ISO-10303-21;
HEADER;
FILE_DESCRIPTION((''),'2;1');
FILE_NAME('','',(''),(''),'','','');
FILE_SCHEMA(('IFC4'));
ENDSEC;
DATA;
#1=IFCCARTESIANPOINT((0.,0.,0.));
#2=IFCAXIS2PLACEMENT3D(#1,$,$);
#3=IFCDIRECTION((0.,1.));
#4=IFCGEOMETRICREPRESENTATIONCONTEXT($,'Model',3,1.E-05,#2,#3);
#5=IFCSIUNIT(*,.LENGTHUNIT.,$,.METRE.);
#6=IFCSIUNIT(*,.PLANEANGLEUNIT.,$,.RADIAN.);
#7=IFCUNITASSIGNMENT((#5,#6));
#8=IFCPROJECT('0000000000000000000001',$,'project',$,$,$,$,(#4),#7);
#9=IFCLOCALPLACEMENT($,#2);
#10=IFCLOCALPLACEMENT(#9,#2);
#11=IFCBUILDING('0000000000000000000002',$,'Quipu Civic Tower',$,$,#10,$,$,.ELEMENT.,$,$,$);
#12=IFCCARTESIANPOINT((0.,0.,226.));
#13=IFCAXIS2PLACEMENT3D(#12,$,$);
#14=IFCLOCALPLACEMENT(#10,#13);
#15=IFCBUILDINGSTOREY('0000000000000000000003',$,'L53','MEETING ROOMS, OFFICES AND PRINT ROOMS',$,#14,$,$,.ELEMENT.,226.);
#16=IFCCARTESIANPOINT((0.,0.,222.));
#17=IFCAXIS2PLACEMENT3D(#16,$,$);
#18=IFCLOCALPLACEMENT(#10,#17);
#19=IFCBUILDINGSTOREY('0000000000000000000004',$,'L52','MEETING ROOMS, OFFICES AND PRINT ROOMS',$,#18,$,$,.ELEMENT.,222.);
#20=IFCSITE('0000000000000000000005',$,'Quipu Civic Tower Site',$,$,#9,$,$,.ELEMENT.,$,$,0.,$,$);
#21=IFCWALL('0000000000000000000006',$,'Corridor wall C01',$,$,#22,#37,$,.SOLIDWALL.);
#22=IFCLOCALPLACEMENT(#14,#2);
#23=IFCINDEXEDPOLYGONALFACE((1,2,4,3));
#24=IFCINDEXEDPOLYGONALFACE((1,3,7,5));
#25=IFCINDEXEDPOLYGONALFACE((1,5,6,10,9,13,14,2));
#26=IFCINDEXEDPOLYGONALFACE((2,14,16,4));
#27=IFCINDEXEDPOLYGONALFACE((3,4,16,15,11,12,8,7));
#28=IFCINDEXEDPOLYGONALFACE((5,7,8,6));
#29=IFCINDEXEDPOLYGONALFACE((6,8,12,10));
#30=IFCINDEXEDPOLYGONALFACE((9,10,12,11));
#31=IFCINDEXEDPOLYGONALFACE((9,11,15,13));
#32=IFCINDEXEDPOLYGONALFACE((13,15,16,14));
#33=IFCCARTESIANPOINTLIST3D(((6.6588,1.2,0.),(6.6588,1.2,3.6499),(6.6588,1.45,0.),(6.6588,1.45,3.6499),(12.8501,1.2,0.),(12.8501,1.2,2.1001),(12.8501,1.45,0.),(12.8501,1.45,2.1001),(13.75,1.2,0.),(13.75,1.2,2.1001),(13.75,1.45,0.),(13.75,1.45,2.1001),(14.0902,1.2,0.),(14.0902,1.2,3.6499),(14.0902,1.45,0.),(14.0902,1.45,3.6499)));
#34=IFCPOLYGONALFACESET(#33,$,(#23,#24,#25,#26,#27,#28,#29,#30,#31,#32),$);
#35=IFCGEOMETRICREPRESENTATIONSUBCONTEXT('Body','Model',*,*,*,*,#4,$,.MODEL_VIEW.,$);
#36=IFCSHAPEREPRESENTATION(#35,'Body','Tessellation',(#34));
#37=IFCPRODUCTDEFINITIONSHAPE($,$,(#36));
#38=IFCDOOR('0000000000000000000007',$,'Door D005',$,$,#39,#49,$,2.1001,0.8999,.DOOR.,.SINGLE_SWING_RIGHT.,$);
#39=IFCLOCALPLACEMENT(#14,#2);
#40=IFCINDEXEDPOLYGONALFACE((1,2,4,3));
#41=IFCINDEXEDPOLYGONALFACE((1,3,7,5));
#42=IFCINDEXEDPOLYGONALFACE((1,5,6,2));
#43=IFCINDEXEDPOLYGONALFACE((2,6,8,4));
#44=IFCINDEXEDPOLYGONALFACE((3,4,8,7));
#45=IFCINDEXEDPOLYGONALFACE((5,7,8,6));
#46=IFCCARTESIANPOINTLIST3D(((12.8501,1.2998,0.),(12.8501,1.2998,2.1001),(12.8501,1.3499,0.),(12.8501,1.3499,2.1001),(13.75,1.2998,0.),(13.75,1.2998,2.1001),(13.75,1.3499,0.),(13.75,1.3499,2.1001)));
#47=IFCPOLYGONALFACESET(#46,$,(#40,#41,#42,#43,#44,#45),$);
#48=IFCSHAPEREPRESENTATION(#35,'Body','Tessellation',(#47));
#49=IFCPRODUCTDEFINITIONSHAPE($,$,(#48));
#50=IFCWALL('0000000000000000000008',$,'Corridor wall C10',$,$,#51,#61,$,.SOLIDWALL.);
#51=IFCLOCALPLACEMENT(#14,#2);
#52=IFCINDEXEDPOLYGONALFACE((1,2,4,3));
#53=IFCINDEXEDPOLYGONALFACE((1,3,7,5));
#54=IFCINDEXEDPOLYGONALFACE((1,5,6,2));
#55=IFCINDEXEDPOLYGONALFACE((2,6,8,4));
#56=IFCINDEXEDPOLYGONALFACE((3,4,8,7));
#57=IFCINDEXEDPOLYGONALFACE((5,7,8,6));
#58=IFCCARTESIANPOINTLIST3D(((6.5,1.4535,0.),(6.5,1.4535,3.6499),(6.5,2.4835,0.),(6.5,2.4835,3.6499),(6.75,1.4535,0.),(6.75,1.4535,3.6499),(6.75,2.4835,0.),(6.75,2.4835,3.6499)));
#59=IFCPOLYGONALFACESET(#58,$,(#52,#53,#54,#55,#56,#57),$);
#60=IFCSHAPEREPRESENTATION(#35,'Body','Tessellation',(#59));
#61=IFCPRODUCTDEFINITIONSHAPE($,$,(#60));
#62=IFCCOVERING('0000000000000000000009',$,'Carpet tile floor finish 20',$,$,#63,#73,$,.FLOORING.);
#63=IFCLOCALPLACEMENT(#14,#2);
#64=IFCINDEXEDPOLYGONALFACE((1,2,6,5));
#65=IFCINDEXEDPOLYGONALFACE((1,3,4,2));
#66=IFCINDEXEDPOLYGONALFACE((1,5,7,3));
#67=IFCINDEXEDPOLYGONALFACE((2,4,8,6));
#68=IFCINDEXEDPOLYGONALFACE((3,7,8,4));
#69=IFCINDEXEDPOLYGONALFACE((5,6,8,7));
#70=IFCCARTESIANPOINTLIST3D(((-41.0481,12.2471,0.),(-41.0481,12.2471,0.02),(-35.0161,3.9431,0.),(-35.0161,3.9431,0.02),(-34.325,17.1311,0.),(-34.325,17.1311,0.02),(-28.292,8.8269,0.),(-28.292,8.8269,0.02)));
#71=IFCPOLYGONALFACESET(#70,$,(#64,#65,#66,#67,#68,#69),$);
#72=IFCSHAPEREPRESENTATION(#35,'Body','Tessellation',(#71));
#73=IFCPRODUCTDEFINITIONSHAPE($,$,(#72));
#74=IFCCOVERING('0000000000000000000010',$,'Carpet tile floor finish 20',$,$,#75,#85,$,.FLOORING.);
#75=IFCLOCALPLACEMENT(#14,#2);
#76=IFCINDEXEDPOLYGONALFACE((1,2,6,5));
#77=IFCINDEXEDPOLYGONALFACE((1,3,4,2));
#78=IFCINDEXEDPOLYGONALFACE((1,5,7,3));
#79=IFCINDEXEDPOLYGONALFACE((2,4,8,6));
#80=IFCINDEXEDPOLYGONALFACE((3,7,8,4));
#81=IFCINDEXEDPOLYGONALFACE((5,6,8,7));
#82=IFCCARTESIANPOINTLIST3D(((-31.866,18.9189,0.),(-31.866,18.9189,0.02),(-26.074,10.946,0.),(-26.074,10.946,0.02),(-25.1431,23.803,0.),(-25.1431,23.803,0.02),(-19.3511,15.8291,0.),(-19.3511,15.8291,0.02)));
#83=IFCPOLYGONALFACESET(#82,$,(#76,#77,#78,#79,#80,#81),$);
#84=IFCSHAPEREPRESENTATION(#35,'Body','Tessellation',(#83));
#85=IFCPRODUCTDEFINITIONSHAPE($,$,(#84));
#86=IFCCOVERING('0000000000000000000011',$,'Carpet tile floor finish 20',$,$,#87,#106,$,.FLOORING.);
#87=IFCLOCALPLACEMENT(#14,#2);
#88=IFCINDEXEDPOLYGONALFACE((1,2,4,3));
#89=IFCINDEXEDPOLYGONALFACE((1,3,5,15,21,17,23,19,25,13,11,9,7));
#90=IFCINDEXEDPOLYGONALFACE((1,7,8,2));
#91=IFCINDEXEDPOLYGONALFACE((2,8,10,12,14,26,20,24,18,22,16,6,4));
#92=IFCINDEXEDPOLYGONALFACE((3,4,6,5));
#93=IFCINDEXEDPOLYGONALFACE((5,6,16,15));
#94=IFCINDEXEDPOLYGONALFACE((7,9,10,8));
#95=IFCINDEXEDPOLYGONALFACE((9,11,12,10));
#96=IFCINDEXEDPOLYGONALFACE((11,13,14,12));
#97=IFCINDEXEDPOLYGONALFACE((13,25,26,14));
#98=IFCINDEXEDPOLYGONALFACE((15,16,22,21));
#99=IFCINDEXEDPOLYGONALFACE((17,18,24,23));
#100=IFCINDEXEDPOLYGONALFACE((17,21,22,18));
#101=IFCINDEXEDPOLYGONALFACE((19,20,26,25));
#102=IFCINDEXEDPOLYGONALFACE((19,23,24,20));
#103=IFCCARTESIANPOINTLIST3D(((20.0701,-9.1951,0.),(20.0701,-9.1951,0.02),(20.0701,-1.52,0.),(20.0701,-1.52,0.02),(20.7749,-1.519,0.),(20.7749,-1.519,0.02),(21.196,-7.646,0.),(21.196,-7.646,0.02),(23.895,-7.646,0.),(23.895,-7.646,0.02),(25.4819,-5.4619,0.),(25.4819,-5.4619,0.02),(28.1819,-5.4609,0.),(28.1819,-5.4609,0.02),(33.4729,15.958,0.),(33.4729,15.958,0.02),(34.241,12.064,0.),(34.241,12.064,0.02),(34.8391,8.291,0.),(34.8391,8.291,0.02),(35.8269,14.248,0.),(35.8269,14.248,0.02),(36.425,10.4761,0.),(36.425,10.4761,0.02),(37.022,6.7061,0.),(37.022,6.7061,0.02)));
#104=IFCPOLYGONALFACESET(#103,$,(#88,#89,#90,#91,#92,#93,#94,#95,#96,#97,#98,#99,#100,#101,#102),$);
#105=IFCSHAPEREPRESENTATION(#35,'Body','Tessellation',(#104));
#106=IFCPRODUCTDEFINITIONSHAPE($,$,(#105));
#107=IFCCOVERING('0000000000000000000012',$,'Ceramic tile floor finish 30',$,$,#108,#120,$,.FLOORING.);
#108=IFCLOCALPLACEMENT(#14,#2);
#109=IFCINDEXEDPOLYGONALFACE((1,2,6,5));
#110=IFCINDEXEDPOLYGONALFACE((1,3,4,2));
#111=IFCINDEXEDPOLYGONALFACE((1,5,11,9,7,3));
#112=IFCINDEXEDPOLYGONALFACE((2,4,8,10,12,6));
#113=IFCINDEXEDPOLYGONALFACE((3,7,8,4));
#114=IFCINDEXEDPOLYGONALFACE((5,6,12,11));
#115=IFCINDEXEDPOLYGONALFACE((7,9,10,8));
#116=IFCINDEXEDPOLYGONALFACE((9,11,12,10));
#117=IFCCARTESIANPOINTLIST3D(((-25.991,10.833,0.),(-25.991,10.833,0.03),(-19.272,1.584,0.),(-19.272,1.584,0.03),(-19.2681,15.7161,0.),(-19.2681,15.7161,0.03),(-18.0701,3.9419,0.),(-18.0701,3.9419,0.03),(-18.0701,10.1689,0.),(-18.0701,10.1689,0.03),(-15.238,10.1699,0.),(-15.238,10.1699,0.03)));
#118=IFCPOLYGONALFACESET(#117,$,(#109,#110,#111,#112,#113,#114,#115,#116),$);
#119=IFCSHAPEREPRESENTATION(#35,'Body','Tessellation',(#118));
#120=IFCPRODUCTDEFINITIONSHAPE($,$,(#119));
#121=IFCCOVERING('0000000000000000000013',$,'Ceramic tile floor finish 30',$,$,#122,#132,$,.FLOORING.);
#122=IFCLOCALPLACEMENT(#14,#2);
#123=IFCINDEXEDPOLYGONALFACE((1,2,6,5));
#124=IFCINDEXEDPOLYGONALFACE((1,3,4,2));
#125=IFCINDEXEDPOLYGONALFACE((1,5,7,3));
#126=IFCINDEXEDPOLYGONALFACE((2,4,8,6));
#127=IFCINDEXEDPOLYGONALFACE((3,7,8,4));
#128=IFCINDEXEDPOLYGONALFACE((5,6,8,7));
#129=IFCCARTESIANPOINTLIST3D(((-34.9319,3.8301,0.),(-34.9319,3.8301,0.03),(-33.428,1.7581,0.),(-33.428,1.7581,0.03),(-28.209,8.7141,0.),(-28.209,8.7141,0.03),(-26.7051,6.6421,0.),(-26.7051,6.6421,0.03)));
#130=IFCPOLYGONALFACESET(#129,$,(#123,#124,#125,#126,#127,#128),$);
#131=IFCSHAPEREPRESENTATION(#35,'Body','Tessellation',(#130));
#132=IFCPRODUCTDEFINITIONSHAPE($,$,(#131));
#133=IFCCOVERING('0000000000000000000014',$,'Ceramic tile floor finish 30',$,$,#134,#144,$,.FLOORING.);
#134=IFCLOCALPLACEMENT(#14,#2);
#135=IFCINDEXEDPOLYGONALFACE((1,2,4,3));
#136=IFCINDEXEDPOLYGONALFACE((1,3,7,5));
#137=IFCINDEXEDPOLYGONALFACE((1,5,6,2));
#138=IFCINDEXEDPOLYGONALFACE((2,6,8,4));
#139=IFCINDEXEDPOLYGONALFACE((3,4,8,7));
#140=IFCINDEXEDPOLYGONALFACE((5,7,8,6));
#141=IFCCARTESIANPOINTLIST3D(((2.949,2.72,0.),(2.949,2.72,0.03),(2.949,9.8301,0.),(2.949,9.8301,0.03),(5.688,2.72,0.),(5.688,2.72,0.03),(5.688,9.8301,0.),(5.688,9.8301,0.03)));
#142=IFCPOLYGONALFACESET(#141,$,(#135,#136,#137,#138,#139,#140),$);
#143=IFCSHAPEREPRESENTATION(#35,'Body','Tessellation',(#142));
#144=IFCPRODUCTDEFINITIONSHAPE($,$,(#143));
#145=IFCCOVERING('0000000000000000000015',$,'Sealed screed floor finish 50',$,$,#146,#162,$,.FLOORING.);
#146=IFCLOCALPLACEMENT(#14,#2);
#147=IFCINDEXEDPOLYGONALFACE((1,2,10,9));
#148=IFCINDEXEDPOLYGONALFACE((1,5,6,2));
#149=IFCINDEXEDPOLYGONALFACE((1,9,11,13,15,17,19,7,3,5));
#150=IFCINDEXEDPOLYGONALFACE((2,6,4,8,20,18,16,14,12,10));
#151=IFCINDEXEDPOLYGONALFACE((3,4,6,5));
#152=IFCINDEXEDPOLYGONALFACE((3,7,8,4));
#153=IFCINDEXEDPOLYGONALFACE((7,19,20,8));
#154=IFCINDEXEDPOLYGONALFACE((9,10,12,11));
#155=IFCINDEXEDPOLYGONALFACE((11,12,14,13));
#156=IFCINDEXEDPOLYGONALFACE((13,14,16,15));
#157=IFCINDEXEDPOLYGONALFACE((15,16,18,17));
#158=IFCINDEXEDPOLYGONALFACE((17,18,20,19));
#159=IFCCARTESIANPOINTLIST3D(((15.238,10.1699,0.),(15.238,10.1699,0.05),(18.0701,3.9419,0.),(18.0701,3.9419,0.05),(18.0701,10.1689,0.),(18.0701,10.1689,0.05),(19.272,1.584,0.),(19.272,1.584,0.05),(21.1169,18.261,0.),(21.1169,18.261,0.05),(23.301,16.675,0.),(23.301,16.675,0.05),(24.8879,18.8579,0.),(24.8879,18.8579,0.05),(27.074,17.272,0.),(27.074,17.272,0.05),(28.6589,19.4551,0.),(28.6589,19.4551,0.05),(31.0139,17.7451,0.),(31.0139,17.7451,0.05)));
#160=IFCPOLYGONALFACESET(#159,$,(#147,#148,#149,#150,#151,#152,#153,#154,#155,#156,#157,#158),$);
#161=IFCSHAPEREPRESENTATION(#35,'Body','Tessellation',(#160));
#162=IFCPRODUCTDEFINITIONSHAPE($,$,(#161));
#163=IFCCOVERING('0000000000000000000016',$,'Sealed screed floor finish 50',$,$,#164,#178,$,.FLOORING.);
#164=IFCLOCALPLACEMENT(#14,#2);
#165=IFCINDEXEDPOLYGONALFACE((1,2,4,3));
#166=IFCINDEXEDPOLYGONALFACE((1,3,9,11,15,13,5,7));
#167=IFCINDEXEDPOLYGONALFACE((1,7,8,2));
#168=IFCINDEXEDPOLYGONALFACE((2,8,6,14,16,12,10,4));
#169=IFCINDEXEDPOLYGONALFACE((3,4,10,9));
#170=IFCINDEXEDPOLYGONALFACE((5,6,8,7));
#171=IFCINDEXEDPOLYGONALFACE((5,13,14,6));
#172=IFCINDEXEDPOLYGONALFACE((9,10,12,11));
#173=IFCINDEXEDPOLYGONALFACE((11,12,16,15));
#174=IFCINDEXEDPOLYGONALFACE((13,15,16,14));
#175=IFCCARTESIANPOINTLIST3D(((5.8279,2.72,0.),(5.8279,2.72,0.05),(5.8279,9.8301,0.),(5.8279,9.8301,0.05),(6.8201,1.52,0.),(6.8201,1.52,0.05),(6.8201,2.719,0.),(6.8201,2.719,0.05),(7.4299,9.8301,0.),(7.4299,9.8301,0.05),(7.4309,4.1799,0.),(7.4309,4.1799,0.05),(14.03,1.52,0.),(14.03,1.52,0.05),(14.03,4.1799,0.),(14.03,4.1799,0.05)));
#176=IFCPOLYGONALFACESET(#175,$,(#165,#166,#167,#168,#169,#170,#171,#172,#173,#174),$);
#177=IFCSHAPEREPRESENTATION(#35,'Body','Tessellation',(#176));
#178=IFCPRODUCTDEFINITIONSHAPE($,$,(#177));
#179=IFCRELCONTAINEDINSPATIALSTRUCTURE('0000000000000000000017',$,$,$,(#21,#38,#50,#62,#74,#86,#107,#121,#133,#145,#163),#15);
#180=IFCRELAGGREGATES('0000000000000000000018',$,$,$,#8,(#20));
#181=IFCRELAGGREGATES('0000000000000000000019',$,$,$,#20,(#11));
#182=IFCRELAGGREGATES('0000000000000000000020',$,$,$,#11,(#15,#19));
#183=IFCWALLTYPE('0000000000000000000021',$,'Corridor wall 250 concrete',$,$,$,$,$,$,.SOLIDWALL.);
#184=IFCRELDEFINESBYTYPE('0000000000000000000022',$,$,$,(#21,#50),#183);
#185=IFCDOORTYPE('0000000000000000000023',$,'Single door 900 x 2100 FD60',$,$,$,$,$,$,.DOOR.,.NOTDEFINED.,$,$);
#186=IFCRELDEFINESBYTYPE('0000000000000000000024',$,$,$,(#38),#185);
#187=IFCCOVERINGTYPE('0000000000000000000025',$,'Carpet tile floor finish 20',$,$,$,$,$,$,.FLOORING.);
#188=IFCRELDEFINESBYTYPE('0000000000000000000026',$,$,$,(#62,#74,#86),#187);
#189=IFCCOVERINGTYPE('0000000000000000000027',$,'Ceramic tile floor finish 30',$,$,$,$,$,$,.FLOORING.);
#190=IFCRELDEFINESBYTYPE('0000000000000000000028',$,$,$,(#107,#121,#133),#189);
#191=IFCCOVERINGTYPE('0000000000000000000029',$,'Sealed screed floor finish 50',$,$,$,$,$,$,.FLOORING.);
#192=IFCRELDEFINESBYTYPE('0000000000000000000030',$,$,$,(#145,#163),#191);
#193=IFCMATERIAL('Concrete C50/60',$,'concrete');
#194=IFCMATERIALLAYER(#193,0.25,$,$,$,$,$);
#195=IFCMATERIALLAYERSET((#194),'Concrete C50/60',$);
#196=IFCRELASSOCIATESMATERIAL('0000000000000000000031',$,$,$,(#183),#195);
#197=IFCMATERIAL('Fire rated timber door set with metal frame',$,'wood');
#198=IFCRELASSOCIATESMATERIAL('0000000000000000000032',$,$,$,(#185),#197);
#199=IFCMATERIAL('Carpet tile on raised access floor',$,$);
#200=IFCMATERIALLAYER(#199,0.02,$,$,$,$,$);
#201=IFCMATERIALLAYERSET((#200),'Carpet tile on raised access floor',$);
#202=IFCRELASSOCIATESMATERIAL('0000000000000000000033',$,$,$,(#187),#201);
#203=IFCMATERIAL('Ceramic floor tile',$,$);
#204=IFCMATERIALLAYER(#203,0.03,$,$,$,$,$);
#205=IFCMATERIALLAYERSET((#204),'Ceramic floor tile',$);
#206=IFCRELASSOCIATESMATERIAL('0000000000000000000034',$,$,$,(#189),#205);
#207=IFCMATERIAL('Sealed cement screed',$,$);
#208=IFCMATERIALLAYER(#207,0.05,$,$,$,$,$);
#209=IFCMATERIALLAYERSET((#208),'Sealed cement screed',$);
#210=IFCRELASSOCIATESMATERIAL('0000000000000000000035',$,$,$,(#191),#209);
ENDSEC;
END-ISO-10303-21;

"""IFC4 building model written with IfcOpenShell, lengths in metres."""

from ifc_helpers import new_model, si_unit, direction, frame, frame_2d, origin, place, context, subcontext, project, spatial, polyline, rectangle, outline, extrude, material, layer, layer_set, type_object, element, fill, save


model = new_model("IFC4")

# Units and contexts
model_context = context("Model", 3, precision=1e-05, world=origin(), true_north=direction((0.0, 1.0)))
body_context = subcontext(model_context, "Body", "Model", "MODEL_VIEW")
ifc_project = project(units=[si_unit("LENGTHUNIT", "METRE"), si_unit("PLANEANGLEUNIT", "RADIAN")], contexts=[model_context])

# Site, building, storey
site_placement = place(None, origin())
site = spatial("IfcSite", under=ifc_project, at=site_placement, Name="Quipu Civic Tower Site", CompositionType="ELEMENT", RefElevation=0.0)
building_placement = place(site_placement, origin())
building = spatial("IfcBuilding", under=site, at=building_placement, Name="Quipu Civic Tower", CompositionType="ELEMENT")
storey_1_placement = place(building_placement, frame((0.0, 0.0, 226.0)))
storey_1 = spatial("IfcBuildingStorey", under=building, at=storey_1_placement, Name="L53", Description="MEETING ROOMS, OFFICES AND PRINT ROOMS", CompositionType="ELEMENT", Elevation=226.0)

# Shared definitions
storey_2_placement = place(building_placement, frame((0.0, 0.0, 222.0)))
storey_2 = spatial("IfcBuildingStorey", under=building, at=storey_2_placement, Name="L52", Description="MEETING ROOMS, OFFICES AND PRINT ROOMS", CompositionType="ELEMENT", Elevation=222.0)

# Wall, opening, door
ifc_material_1 = material(Name="Concrete C50/60", Category="concrete")
ifc_layer_1 = layer(ifc_material_1, 0.25)
ifc_layer_set_1 = layer_set([ifc_layer_1], Name="Concrete C50/60")
wall_type_1 = type_object("IfcWallType", Name="Corridor wall 250 concrete", PredefinedType="SOLIDWALL", material=ifc_layer_set_1)
wall_1_placement = place(storey_1_placement, frame((6.6587, 1.325, 0.0), z_axis=(0.0, 0.0, 1.0), x_axis=(1.0, 0.0, 0.0)))
wall_1 = element("IfcWall", 1, at=wall_1_placement, inside=storey_1, type_object=wall_type_1, Name="Corridor wall C01", PredefinedType="SOLIDWALL", context=body_context, shape_type="SweptSolid", body=[
    extrude(rectangle(XDim=7.4314, YDim=0.25, at=frame_2d((3.7158, 0.0))), origin(), (0.0, 0.0, 1.0), 3.6499),
])
opening_1_placement = place(wall_1_placement, frame((6.1914, 0.0, 0.0)))
opening_1 = element("IfcOpeningElement", 2, at=opening_1_placement, cuts=wall_1, PredefinedType="OPENING", context=body_context, shape_type="SweptSolid", body=[
    extrude(rectangle(XDim=0.8999, YDim=2.1001, at=frame_2d((0.45, 1.05))), frame((0.0, 0.135, 0.0), z_axis=(0.0, -1.0, 0.0), x_axis=(1.0, 0.0, 0.0)), (0.0, 0.0, 1.0), 0.27),
])
ifc_material_2 = material(Name="Fire rated timber door set with metal frame", Category="wood")
door_type_1 = type_object("IfcDoorType", Name="Single door 900 x 2100 FD60", OperationType="NOTDEFINED", PredefinedType="DOOR", material=ifc_material_2)
door_1_placement = place(opening_1_placement, origin())
door_1 = element("IfcDoor", 3, at=door_1_placement, inside=storey_1, type_object=door_type_1, Name="Door D005", OperationType="SINGLE_SWING_RIGHT", OverallHeight=2.1001, OverallWidth=0.8999, PredefinedType="DOOR", context=body_context, shape_type="SweptSolid", body=[
    extrude(rectangle(XDim=0.8999, YDim=2.1001, at=frame_2d((0.45, 1.05))), frame((0.0, 0.0249, 0.0), z_axis=(0.0, -1.0, 0.0), x_axis=(1.0, 0.0, 0.0)), (0.0, 0.0, 1.0), 0.05),
])
fill(opening_1, door_1)

# Wall
wall_2_placement = place(storey_1_placement, frame((6.625, 2.4836, 0.0), z_axis=(0.0, 0.0, 1.0), x_axis=(0.0, -1.0, 0.0)))
element("IfcWall", 4, at=wall_2_placement, inside=storey_1, type_object=wall_type_1, Name="Corridor wall C10", PredefinedType="SOLIDWALL", context=body_context, shape_type="SweptSolid", body=[
    extrude(rectangle(XDim=1.03, YDim=0.25, at=frame_2d((0.5151, 0.0))), origin(), (0.0, 0.0, 1.0), 3.6499),
])

# Coverings
ifc_material_3 = material(Name="Carpet tile on raised access floor")
ifc_layer_2 = layer(ifc_material_3, 0.02)
ifc_layer_set_2 = layer_set([ifc_layer_2], Name="Carpet tile on raised access floor")
covering_type_1 = type_object("IfcCoveringType", Name="Carpet tile floor finish 20", PredefinedType="FLOORING", material=ifc_layer_set_2)
covering_1_placement = place(storey_1_placement, origin())
element("IfcCovering", 5, at=covering_1_placement, inside=storey_1, type_object=covering_type_1, Name="Carpet tile floor finish 20", PredefinedType="FLOORING", context=body_context, shape_type="SweptSolid", body=[
    extrude(outline(polyline([(-41.0481, 12.2471), (-34.325, 17.1311), (-28.292, 8.8269), (-35.0161, 3.9431), (-41.0481, 12.2471)])), origin(), (0.0, 0.0, 1.0), 0.02),
])
covering_2_placement = place(storey_1_placement, origin())
element("IfcCovering", 6, at=covering_2_placement, inside=storey_1, type_object=covering_type_1, Name="Carpet tile floor finish 20", PredefinedType="FLOORING", context=body_context, shape_type="SweptSolid", body=[
    extrude(outline(polyline([(-31.866, 18.9189), (-25.1431, 23.803), (-19.3511, 15.8291), (-26.074, 10.946), (-31.866, 18.9189)])), origin(), (0.0, 0.0, 1.0), 0.02),
])
covering_3_placement = place(storey_1_placement, origin())
element("IfcCovering", 7, at=covering_3_placement, inside=storey_1, type_object=covering_type_1, Name="Carpet tile floor finish 20", PredefinedType="FLOORING", context=body_context, shape_type="SweptSolid", body=[
    extrude(outline(polyline([(20.0701, -9.1951), (20.0701, -1.52), (20.7749, -1.519), (33.4729, 15.958), (35.8269, 14.248), (34.241, 12.064), (36.425, 10.4761), (34.8391, 8.291), (37.022, 6.7061), (28.1819, -5.4609), (25.4819, -5.4619), (23.895, -7.646), (21.196, -7.646), (20.0701, -9.1951)])), origin(), (0.0, 0.0, 1.0), 0.02),
])
ifc_material_4 = material(Name="Ceramic floor tile")
ifc_layer_3 = layer(ifc_material_4, 0.03)
ifc_layer_set_3 = layer_set([ifc_layer_3], Name="Ceramic floor tile")
covering_type_2 = type_object("IfcCoveringType", Name="Ceramic tile floor finish 30", PredefinedType="FLOORING", material=ifc_layer_set_3)
covering_4_placement = place(storey_1_placement, origin())
element("IfcCovering", 8, at=covering_4_placement, inside=storey_1, type_object=covering_type_2, Name="Ceramic tile floor finish 30", PredefinedType="FLOORING", context=body_context, shape_type="SweptSolid", body=[
    extrude(outline(polyline([(-25.991, 10.833), (-19.2681, 15.7161), (-15.238, 10.1699), (-18.0701, 10.1689), (-18.0701, 3.9419), (-19.272, 1.584), (-25.991, 10.833)])), origin(), (0.0, 0.0, 1.0), 0.03),
])
covering_5_placement = place(storey_1_placement, origin())
element("IfcCovering", 9, at=covering_5_placement, inside=storey_1, type_object=covering_type_2, Name="Ceramic tile floor finish 30", PredefinedType="FLOORING", context=body_context, shape_type="SweptSolid", body=[
    extrude(outline(polyline([(-34.9319, 3.8301), (-28.209, 8.7141), (-26.7051, 6.6421), (-33.428, 1.7581), (-34.9319, 3.8301)])), origin(), (0.0, 0.0, 1.0), 0.03),
])
covering_6_placement = place(storey_1_placement, origin())
element("IfcCovering", 10, at=covering_6_placement, inside=storey_1, type_object=covering_type_2, Name="Ceramic tile floor finish 30", PredefinedType="FLOORING", context=body_context, shape_type="SweptSolid", body=[
    extrude(outline(polyline([(2.949, 2.72), (2.949, 9.8301), (5.688, 9.8301), (5.688, 2.72), (2.949, 2.72)])), origin(), (0.0, 0.0, 1.0), 0.03),
])
ifc_material_5 = material(Name="Sealed cement screed")
ifc_layer_4 = layer(ifc_material_5, 0.05)
ifc_layer_set_4 = layer_set([ifc_layer_4], Name="Sealed cement screed")
covering_type_3 = type_object("IfcCoveringType", Name="Sealed screed floor finish 50", PredefinedType="FLOORING", material=ifc_layer_set_4)
covering_7_placement = place(storey_1_placement, origin())
element("IfcCovering", 11, at=covering_7_placement, inside=storey_1, type_object=covering_type_3, Name="Sealed screed floor finish 50", PredefinedType="FLOORING", context=body_context, shape_type="SweptSolid", body=[
    extrude(outline(polyline([(15.238, 10.1699), (21.1169, 18.261), (23.301, 16.675), (24.8879, 18.8579), (27.074, 17.272), (28.6589, 19.4551), (31.0139, 17.7451), (19.272, 1.584), (18.0701, 3.9419), (18.0701, 10.1689), (15.238, 10.1699)])), origin(), (0.0, 0.0, 1.0), 0.05),
])
covering_8_placement = place(storey_1_placement, origin())
element("IfcCovering", 12, at=covering_8_placement, inside=storey_1, type_object=covering_type_3, Name="Sealed screed floor finish 50", PredefinedType="FLOORING", context=body_context, shape_type="SweptSolid", body=[
    extrude(outline(polyline([(5.8279, 2.72), (5.8279, 9.8301), (7.4299, 9.8301), (7.4309, 4.1799), (14.03, 4.1799), (14.03, 1.52), (6.8201, 1.52), (6.8201, 2.719), (5.8279, 2.72)])), origin(), (0.0, 0.0, 1.0), 0.05),
])

save(model, "model.ifc")
